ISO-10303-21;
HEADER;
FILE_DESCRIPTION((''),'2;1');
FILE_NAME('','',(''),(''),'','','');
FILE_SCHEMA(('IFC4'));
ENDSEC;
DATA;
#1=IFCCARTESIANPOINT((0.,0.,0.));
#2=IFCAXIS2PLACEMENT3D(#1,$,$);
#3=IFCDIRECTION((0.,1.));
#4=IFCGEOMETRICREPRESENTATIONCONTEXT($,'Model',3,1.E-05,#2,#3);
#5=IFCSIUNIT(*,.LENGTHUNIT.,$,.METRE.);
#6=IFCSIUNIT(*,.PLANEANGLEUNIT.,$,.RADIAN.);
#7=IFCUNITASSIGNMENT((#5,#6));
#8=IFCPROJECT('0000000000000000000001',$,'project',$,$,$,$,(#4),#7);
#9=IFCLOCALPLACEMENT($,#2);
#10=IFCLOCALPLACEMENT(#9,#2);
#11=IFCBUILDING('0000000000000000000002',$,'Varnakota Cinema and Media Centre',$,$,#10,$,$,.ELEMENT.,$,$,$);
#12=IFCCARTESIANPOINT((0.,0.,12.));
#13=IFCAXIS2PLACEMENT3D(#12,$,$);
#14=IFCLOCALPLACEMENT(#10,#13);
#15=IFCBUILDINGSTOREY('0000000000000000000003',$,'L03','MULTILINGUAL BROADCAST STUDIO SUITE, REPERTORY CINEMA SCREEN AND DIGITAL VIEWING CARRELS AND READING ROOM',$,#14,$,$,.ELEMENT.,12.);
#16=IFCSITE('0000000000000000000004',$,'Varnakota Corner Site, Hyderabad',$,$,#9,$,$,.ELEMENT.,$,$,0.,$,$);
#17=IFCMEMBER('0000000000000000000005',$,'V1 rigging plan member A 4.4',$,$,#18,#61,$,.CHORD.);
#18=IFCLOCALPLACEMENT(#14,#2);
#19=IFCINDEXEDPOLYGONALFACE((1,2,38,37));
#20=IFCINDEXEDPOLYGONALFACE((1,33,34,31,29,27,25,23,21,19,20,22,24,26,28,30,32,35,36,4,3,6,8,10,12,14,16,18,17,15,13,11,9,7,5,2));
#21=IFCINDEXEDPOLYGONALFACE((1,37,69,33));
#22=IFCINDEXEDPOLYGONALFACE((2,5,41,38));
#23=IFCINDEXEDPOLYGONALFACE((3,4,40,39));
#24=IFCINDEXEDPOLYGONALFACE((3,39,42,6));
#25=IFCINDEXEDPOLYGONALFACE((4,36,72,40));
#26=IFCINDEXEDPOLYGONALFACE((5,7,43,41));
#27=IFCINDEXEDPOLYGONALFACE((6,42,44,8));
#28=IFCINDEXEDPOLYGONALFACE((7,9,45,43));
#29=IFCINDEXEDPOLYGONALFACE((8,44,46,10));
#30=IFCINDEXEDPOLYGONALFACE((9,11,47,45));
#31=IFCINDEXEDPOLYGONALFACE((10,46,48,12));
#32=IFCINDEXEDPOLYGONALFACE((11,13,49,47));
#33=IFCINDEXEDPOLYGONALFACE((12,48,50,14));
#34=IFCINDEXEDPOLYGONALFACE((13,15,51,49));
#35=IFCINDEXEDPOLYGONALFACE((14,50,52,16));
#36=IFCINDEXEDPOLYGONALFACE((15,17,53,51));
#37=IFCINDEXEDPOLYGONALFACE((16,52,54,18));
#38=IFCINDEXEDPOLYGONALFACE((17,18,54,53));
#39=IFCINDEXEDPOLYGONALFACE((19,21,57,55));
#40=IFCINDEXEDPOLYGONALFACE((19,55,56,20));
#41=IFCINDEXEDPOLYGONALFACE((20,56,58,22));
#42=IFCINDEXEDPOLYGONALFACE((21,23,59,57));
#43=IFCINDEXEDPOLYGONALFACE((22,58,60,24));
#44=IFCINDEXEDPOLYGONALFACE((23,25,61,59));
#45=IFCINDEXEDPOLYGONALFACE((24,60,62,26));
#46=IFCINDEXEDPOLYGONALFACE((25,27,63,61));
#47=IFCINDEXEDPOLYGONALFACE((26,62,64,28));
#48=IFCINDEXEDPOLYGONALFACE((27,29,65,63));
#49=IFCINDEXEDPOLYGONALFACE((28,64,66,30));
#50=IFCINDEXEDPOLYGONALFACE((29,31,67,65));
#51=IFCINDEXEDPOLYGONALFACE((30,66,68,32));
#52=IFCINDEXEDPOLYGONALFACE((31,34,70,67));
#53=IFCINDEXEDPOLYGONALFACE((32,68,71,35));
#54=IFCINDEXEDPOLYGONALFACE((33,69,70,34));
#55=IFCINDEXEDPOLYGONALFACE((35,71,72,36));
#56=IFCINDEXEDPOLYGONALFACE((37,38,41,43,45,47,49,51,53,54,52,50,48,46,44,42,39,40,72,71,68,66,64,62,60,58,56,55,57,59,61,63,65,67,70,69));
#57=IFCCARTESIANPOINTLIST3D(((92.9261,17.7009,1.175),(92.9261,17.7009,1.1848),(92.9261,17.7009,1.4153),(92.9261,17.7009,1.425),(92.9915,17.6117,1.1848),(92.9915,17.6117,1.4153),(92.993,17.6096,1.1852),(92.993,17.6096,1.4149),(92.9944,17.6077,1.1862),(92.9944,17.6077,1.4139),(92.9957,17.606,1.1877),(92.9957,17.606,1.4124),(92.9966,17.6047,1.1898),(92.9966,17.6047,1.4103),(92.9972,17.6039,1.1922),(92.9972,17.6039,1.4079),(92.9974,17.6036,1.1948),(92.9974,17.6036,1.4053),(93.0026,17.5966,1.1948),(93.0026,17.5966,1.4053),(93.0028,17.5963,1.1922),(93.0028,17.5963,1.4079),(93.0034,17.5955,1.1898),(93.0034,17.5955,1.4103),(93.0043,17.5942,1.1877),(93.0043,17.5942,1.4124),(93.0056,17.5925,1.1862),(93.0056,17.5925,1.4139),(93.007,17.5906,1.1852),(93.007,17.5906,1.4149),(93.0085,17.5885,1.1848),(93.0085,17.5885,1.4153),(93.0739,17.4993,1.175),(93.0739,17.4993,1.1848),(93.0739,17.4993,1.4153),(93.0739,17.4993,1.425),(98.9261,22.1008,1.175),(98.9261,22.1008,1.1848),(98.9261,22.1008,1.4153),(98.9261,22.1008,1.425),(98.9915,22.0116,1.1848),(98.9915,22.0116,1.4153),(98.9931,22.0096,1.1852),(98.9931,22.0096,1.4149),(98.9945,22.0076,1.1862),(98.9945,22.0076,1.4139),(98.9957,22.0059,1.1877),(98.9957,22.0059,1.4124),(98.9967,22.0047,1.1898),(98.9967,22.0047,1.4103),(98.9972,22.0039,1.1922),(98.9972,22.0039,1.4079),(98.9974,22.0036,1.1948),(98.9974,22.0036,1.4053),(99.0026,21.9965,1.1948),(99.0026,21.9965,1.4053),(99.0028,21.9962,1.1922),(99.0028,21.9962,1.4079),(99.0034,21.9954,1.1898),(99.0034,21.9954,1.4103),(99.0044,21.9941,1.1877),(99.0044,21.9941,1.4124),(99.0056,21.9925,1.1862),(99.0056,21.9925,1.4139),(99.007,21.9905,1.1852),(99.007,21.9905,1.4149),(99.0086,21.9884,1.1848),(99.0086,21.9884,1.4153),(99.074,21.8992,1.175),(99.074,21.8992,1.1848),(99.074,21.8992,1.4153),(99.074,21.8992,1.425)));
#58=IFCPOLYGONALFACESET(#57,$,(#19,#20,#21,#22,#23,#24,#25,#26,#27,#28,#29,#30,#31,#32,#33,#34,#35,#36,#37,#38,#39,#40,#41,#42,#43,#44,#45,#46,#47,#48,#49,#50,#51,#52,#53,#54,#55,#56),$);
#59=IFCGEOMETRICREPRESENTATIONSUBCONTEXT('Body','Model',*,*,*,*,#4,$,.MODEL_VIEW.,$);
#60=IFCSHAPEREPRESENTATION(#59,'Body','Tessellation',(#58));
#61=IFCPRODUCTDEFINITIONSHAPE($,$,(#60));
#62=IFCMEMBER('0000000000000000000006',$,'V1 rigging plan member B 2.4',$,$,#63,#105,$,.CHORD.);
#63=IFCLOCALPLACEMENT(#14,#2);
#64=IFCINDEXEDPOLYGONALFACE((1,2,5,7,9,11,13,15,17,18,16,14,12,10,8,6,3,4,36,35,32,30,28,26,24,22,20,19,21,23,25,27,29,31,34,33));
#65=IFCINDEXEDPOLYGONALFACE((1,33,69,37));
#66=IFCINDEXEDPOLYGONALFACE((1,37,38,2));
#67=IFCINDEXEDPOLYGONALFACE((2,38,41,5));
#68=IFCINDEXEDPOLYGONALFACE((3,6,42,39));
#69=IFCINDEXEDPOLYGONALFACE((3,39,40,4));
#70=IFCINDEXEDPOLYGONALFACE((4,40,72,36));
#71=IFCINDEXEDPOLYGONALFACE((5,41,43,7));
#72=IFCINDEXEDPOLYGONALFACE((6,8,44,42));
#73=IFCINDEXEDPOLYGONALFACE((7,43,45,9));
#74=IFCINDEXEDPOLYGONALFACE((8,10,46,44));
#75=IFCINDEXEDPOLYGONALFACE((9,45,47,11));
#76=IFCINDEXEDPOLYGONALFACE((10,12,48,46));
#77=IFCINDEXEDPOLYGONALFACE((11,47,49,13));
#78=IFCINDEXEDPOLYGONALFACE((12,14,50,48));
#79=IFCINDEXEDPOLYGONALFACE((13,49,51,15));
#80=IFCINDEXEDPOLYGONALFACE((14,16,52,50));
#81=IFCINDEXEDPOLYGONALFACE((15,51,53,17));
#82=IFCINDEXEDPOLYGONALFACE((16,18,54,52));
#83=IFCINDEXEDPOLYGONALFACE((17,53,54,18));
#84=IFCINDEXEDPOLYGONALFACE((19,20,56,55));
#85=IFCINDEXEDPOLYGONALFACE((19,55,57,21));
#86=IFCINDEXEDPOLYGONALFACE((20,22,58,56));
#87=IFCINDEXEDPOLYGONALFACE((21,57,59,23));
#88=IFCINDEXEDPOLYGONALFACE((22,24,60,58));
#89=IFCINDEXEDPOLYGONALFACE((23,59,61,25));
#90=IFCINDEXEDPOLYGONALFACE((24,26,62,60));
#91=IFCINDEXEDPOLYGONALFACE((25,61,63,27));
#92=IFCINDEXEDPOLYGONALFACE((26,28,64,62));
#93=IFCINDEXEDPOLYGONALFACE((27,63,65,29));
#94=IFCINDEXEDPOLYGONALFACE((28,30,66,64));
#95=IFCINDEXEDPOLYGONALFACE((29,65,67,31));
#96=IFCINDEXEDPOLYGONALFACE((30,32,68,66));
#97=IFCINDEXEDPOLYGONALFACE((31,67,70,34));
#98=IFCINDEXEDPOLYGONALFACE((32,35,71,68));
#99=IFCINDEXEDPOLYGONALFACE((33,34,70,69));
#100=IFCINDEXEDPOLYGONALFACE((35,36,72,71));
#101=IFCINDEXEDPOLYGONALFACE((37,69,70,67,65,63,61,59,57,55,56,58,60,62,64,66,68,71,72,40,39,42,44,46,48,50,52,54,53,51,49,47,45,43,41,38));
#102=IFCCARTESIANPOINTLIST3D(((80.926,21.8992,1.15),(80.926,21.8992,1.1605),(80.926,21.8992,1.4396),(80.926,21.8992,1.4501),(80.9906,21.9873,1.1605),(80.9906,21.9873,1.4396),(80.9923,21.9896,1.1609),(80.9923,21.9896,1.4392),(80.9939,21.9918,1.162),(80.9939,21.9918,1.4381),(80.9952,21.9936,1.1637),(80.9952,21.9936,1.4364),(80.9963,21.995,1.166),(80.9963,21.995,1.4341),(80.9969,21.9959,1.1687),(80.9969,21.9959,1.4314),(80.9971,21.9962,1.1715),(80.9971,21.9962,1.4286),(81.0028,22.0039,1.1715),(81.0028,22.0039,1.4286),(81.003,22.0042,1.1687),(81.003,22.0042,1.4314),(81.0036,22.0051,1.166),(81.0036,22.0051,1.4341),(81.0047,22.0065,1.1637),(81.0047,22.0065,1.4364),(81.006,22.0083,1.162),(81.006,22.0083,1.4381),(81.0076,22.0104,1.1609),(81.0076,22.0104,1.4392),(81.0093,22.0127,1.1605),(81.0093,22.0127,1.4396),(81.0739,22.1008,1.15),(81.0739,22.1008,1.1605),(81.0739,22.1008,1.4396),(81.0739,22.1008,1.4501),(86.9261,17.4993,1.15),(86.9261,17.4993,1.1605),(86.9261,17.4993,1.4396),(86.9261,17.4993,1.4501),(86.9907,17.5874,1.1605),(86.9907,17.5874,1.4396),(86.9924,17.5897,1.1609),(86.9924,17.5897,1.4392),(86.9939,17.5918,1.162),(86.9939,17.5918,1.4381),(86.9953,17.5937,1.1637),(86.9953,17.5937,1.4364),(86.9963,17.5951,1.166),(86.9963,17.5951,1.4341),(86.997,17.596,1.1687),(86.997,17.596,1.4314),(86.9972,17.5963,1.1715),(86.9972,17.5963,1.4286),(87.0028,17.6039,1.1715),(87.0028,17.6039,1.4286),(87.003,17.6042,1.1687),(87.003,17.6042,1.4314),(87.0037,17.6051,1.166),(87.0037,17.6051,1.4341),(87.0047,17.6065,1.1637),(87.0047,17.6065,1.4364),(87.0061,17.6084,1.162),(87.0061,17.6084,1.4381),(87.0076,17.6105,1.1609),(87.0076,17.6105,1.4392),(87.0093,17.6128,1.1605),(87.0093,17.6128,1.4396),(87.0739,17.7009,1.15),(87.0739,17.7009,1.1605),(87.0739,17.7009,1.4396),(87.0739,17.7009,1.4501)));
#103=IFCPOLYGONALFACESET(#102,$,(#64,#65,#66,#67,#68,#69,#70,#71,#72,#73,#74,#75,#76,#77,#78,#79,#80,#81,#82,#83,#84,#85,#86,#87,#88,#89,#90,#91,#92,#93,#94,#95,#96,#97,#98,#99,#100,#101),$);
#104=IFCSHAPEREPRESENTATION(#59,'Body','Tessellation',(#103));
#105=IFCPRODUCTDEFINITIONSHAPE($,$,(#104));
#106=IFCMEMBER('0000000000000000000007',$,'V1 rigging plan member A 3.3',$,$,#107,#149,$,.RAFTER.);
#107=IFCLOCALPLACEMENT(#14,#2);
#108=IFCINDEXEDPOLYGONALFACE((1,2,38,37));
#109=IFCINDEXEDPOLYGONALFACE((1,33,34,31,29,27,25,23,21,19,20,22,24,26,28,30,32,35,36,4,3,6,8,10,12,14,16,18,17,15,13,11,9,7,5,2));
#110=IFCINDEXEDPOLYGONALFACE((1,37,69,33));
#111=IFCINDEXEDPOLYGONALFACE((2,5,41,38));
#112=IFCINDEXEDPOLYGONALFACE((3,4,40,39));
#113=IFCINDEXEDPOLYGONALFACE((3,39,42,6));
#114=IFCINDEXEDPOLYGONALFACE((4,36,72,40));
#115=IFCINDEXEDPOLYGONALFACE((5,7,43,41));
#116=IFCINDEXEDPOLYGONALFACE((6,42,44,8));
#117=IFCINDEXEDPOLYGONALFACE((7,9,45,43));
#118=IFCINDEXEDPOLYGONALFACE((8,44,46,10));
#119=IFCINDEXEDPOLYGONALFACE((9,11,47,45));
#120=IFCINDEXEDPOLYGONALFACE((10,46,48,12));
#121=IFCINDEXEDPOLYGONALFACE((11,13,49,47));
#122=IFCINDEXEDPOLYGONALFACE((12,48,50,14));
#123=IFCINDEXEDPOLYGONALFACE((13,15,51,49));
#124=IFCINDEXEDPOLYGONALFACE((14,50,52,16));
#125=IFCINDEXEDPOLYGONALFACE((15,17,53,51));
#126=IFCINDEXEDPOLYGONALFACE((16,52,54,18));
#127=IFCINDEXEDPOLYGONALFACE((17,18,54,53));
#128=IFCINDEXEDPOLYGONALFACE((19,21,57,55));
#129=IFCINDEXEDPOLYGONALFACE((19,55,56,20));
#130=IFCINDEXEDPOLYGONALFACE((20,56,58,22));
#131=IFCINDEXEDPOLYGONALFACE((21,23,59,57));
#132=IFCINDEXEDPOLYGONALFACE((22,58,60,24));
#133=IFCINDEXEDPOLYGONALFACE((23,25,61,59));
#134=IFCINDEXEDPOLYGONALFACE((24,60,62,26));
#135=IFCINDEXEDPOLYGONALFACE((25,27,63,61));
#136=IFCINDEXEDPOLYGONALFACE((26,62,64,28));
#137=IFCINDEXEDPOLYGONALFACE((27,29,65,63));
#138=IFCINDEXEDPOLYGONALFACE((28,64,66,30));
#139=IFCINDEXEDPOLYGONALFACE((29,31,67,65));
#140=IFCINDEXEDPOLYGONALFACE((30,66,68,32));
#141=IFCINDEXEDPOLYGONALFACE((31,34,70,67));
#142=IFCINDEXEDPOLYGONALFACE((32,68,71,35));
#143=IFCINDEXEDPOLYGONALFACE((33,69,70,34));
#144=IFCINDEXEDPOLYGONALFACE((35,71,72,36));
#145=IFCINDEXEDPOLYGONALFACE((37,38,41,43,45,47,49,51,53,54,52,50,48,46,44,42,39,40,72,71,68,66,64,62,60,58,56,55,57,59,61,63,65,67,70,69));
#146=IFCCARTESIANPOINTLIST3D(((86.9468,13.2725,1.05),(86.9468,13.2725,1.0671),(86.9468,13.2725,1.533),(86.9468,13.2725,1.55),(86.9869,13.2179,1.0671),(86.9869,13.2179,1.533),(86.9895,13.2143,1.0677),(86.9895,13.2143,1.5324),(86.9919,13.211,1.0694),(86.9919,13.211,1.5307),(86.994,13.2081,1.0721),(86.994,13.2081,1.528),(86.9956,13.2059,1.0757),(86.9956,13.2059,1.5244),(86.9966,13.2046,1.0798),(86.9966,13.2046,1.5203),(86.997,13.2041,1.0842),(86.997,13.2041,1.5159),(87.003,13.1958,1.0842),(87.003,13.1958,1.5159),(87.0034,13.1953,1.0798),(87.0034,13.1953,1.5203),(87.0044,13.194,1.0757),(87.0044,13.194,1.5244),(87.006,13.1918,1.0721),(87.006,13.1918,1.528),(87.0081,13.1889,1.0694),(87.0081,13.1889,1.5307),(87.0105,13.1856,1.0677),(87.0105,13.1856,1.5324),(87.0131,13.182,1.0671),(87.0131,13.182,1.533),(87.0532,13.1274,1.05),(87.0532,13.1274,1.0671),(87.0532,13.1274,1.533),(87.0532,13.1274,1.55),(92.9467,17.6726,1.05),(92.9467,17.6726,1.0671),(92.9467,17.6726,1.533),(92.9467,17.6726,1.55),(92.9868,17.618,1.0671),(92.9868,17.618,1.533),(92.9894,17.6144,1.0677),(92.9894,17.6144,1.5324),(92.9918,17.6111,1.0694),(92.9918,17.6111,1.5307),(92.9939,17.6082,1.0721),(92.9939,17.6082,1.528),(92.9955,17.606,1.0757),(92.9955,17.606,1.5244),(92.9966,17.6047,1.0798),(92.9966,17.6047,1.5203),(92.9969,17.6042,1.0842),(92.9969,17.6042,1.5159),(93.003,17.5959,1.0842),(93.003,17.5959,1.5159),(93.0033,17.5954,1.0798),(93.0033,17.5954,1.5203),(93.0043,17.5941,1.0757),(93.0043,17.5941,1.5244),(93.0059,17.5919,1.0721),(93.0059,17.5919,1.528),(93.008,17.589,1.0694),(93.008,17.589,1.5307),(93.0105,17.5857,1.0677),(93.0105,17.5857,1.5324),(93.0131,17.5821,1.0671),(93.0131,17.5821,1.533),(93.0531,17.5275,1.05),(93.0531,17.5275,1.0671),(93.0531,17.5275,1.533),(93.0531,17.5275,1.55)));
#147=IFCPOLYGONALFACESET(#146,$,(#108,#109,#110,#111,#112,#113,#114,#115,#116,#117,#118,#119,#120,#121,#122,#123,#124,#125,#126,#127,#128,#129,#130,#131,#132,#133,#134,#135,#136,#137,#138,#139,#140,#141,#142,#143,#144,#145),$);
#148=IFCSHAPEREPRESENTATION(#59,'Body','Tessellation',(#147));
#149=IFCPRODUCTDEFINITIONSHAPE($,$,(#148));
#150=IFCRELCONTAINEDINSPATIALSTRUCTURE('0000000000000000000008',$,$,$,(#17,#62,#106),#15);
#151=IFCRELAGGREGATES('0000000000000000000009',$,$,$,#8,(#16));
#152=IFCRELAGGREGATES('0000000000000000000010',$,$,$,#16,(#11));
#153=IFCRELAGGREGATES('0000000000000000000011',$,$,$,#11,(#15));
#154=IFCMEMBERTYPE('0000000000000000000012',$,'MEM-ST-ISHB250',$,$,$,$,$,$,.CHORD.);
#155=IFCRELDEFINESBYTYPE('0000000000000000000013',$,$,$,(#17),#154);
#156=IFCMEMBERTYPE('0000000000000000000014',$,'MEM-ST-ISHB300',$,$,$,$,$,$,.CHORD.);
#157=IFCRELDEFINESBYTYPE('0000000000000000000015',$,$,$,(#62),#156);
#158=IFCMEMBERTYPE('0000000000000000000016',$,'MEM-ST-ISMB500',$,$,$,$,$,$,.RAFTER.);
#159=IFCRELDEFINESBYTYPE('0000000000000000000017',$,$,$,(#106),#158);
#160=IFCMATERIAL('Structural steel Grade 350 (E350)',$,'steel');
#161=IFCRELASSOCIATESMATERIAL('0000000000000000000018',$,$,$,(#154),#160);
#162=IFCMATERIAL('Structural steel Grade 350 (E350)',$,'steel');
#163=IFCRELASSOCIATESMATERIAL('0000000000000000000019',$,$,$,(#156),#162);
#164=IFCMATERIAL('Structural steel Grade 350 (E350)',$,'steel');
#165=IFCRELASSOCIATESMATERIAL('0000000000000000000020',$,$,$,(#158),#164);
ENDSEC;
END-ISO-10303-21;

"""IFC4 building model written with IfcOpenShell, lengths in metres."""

from ifc_helpers import new_model, si_unit, direction, frame, origin, origin_2d, place, context, subcontext, project, spatial, i_section, extrude, material, material_profile, profile_set, type_object, element, save


model = new_model("IFC4")

# Units and contexts
model_context = context("Model", 3, precision=1e-05, world=origin(), true_north=direction((0.0, 1.0)))
body_context = subcontext(model_context, "Body", "Model", "MODEL_VIEW")
ifc_project = project(units=[si_unit("LENGTHUNIT", "METRE"), si_unit("PLANEANGLEUNIT", "RADIAN")], contexts=[model_context])

# Site, building, storey
site_placement = place(None, origin())
site = spatial("IfcSite", under=ifc_project, at=site_placement, Name="Varnakota Corner Site, Hyderabad", CompositionType="ELEMENT", RefElevation=0.0)
building_placement = place(site_placement, origin())
building = spatial("IfcBuilding", under=site, at=building_placement, Name="Varnakota Cinema and Media Centre", CompositionType="ELEMENT")
storey_placement = place(building_placement, frame((0.0, 0.0, 12.0)))
storey = spatial("IfcBuildingStorey", under=building, at=storey_placement, Name="L03", Description="MULTILINGUAL BROADCAST STUDIO SUITE, REPERTORY CINEMA SCREEN AND DIGITAL VIEWING CARRELS AND READING ROOM", CompositionType="ELEMENT", Elevation=12.0)

# Members
ifc_material_1 = material(Name="Structural steel Grade 350 (E350)", Category="steel")
ifc_material_profile_1 = material_profile(ifc_material_1, i_section(OverallWidth=0.25, OverallDepth=0.25, WebThickness=0.0088, FlangeThickness=0.0098, FilletRadius=0.01, at=origin_2d()), Name="ISHB 250")
ifc_profile_set_1 = profile_set([ifc_material_profile_1], Name="Structural steel Grade 350 (E350)")
member_type_1 = type_object("IfcMemberType", Name="MEM-ST-ISHB250", PredefinedType="CHORD", material=ifc_profile_set_1)
for number, where, z_axis, x_axis, name in (
    (1, (93.0, 17.6001, 1.3), (0.806411, 0.591355, 0.0), (-0.591355, 0.806411, 0.0), "V1 rigging plan member A 4.4"),
):
    element("IfcMember", number, at=place(storey_placement, frame(where, z_axis=z_axis, x_axis=x_axis)), inside=storey, type_object=member_type_1, Name=name, PredefinedType="CHORD", context=body_context, shape_type="SweptSolid", body=[
        extrude(i_section(OverallWidth=0.25, OverallDepth=0.25, WebThickness=0.0088, FlangeThickness=0.0098, FilletRadius=0.01, at=origin_2d()), origin(), (0.0, 0.0, 1.0), 7.4404),
    ])
ifc_material_2 = material(Name="Structural steel Grade 350 (E350)", Category="steel")
ifc_material_profile_2 = material_profile(ifc_material_2, i_section(OverallWidth=0.25, OverallDepth=0.3, WebThickness=0.0095, FlangeThickness=0.0105, FilletRadius=0.011, at=origin_2d()), Name="ISHB 300")
ifc_profile_set_2 = profile_set([ifc_material_profile_2], Name="Structural steel Grade 350 (E350)")
member_type_2 = type_object("IfcMemberType", Name="MEM-ST-ISHB300", PredefinedType="CHORD", material=ifc_profile_set_2)
member_1_placement = place(storey_placement, frame((87.0, 17.6001, 1.3), z_axis=(-0.806411, 0.591355, 0.0), x_axis=(-0.591355, -0.806411, 0.0)))
element("IfcMember", 2, at=member_1_placement, inside=storey, type_object=member_type_2, Name="V1 rigging plan member B 2.4", PredefinedType="CHORD", context=body_context, shape_type="SweptSolid", body=[
    extrude(i_section(OverallWidth=0.25, OverallDepth=0.3, WebThickness=0.0095, FlangeThickness=0.0105, FilletRadius=0.011, at=origin_2d()), origin(), (0.0, 0.0, 1.0), 7.4404),
])
ifc_material_3 = material(Name="Structural steel Grade 350 (E350)", Category="steel")
ifc_material_profile_3 = material_profile(ifc_material_3, i_section(OverallWidth=0.1799, OverallDepth=0.5, WebThickness=0.0103, FlangeThickness=0.0171, FilletRadius=0.0171, at=origin_2d()), Name="ISMB 500")
ifc_profile_set_3 = profile_set([ifc_material_profile_3], Name="Structural steel Grade 350 (E350)")
member_type_3 = type_object("IfcMemberType", Name="MEM-ST-ISMB500", PredefinedType="RAFTER", material=ifc_profile_set_3)
member_2_placement = place(storey_placement, frame((87.0, 13.2, 1.3), z_axis=(0.806396, 0.591376, 0.0), x_axis=(-0.591376, 0.806396, 0.0)))
element("IfcMember", 3, at=member_2_placement, inside=storey, type_object=member_type_3, Name="V1 rigging plan member A 3.3", PredefinedType="RAFTER", context=body_context, shape_type="SweptSolid", body=[
    extrude(i_section(OverallWidth=0.1799, OverallDepth=0.5, WebThickness=0.0103, FlangeThickness=0.0171, FilletRadius=0.0171, at=origin_2d()), origin(), (0.0, 0.0, 1.0), 7.4404),
])

save(model, "model.ifc")
